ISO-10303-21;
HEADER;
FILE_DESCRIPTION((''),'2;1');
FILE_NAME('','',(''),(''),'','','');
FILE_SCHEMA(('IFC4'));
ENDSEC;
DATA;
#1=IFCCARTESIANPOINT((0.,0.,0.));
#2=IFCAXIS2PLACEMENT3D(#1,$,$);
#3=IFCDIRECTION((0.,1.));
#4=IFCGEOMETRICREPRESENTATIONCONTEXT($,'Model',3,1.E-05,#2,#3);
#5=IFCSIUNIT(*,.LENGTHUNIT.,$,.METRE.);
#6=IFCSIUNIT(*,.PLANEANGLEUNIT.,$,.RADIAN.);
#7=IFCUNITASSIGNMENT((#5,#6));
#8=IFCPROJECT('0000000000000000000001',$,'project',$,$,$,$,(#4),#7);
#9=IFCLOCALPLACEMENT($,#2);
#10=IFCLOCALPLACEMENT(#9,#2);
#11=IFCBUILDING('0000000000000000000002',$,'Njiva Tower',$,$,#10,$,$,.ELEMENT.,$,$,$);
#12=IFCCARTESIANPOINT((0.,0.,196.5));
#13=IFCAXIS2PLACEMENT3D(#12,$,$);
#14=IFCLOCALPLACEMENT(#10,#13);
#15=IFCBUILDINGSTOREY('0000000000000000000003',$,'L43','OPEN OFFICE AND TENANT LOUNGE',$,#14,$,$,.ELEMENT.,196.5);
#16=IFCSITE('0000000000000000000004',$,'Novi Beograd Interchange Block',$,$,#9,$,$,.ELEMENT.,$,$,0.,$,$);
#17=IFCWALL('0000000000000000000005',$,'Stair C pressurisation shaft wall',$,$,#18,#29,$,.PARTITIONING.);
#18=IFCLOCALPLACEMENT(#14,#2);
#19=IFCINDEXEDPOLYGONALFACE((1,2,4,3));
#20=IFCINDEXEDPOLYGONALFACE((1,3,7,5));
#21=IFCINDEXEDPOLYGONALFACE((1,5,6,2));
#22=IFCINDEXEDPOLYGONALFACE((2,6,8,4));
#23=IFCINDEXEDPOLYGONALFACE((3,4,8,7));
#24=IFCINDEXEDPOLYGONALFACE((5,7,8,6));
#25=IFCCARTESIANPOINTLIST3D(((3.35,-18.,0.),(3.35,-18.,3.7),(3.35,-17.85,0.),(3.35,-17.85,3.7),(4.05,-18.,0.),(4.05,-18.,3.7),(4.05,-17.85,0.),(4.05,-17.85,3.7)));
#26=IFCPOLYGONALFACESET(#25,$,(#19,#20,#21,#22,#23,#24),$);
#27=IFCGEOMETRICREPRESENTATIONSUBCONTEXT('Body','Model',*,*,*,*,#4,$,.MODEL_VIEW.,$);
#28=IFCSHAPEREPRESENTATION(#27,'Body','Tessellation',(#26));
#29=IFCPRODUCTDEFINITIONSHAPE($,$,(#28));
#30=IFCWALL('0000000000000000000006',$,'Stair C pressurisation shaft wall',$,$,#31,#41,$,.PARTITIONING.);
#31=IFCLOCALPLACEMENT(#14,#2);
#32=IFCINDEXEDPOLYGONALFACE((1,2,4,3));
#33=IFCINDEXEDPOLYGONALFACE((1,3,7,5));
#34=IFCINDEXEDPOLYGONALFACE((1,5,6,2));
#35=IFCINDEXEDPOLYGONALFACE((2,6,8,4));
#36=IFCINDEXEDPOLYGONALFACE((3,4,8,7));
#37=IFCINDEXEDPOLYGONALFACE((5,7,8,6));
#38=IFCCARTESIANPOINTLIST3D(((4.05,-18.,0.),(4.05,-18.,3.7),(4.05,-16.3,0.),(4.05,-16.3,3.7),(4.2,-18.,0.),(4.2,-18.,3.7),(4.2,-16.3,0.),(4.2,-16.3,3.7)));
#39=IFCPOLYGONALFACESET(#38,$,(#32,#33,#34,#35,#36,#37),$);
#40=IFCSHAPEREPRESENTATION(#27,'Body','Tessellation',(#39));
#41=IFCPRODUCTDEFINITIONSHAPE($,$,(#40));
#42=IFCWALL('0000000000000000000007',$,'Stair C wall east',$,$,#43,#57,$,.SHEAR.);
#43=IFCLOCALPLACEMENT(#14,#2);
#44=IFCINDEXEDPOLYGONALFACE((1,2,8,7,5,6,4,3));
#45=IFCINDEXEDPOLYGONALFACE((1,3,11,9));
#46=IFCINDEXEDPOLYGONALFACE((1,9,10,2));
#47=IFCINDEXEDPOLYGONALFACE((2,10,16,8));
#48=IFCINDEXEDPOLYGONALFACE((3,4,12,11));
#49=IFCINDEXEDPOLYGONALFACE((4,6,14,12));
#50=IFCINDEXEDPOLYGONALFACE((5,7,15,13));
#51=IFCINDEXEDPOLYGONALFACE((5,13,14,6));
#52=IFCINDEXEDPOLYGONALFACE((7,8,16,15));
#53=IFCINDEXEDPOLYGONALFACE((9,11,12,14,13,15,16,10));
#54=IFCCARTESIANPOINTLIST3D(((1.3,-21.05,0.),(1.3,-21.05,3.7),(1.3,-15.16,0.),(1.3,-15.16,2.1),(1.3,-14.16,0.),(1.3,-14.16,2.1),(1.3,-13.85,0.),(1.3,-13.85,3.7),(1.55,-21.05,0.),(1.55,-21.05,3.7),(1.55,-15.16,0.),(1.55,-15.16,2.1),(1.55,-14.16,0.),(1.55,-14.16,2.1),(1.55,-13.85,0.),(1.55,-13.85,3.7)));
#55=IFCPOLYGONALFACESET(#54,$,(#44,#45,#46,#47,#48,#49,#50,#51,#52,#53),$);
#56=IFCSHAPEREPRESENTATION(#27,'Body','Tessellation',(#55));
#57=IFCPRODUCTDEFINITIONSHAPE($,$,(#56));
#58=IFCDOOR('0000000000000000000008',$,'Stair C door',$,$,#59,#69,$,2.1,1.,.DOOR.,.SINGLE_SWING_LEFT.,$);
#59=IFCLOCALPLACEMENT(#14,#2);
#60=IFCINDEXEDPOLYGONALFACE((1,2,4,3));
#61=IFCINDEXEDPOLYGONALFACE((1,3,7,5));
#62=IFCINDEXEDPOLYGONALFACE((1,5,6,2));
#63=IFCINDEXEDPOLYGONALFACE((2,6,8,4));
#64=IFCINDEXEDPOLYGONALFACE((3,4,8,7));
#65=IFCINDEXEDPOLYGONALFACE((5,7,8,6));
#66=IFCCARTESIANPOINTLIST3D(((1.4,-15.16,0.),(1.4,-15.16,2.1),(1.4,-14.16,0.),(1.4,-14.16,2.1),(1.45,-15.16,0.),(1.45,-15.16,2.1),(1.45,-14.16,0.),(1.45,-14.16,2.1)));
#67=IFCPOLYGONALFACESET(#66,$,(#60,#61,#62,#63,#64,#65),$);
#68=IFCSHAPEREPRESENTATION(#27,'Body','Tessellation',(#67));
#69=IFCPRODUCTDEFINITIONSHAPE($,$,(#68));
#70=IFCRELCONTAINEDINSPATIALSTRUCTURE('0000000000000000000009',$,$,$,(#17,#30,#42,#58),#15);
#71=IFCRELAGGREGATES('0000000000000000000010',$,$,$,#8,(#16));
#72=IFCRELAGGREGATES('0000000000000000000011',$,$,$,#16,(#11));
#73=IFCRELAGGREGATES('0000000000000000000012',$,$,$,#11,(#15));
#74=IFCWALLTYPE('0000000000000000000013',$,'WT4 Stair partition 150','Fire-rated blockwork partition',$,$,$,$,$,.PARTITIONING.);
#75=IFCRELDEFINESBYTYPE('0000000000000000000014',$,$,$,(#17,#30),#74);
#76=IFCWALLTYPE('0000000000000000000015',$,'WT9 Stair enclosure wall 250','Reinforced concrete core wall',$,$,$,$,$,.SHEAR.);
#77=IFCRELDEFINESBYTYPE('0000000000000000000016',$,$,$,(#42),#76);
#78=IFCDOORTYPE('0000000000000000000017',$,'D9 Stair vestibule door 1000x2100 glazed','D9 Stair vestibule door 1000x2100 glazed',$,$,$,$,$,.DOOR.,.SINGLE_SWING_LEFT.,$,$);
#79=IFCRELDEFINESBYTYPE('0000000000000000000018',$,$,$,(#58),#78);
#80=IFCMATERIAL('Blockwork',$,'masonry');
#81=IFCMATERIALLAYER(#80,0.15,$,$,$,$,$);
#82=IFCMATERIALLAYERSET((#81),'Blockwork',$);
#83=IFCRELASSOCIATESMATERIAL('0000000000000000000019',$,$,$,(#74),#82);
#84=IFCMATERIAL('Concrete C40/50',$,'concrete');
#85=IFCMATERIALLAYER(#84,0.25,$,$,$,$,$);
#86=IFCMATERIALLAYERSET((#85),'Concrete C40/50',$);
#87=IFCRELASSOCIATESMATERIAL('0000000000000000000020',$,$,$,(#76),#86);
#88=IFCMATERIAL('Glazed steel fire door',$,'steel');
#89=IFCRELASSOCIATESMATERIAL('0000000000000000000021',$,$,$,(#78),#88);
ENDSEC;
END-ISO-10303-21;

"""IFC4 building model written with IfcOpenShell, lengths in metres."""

from ifc_helpers import new_model, si_unit, direction, frame, frame_2d, origin, place, context, subcontext, project, spatial, rectangle, extrude, material, layer, layer_set, type_object, element, fill, save


model = new_model("IFC4")

# Units and contexts
model_context = context("Model", 3, precision=1e-05, world=origin(), true_north=direction((0.0, 1.0)))
body_context = subcontext(model_context, "Body", "Model", "MODEL_VIEW")
ifc_project = project(units=[si_unit("LENGTHUNIT", "METRE"), si_unit("PLANEANGLEUNIT", "RADIAN")], contexts=[model_context])

# Site, building, storey
site_placement = place(None, origin())
site = spatial("IfcSite", under=ifc_project, at=site_placement, Name="Novi Beograd Interchange Block", CompositionType="ELEMENT", RefElevation=0.0)
building_placement = place(site_placement, origin())
building = spatial("IfcBuilding", under=site, at=building_placement, Name="Njiva Tower", CompositionType="ELEMENT")
storey_placement = place(building_placement, frame((0.0, 0.0, 196.5)))
storey = spatial("IfcBuildingStorey", under=building, at=storey_placement, Name="L43", Description="OPEN OFFICE AND TENANT LOUNGE", CompositionType="ELEMENT", Elevation=196.5)

# Walls
ifc_material_1 = material(Name="Blockwork", Category="masonry")
ifc_layer_1 = layer(ifc_material_1, 0.15)
ifc_layer_set_1 = layer_set([ifc_layer_1], Name="Blockwork")
wall_type_1 = type_object("IfcWallType", Name="WT4 Stair partition 150", Description="Fire-rated blockwork partition", PredefinedType="PARTITIONING", material=ifc_layer_set_1)
wall_1_placement = place(storey_placement, frame((3.35, -17.925, 0.0), z_axis=(0.0, 0.0, 1.0), x_axis=(1.0, 0.0, 0.0)))
element("IfcWall", 1, at=wall_1_placement, inside=storey, type_object=wall_type_1, Name="Stair C pressurisation shaft wall", PredefinedType="PARTITIONING", context=body_context, shape_type="SweptSolid", body=[
    extrude(rectangle(XDim=0.7, YDim=0.15, at=frame_2d((0.35, 0.0))), origin(), (0.0, 0.0, 1.0), 3.7),
])
wall_2_placement = place(storey_placement, frame((4.125, -18.0, 0.0), z_axis=(0.0, 0.0, 1.0), x_axis=(0.0, 1.0, 0.0)))
element("IfcWall", 2, at=wall_2_placement, inside=storey, type_object=wall_type_1, Name="Stair C pressurisation shaft wall", PredefinedType="PARTITIONING", context=body_context, shape_type="SweptSolid", body=[
    extrude(rectangle(XDim=1.7, YDim=0.15, at=frame_2d((0.85, 0.0))), origin(), (0.0, 0.0, 1.0), 3.7),
])

# Wall, opening, door
ifc_material_2 = material(Name="Concrete C40/50", Category="concrete")
ifc_layer_2 = layer(ifc_material_2, 0.25)
ifc_layer_set_2 = layer_set([ifc_layer_2], Name="Concrete C40/50")
wall_type_2 = type_object("IfcWallType", Name="WT9 Stair enclosure wall 250", Description="Reinforced concrete core wall", PredefinedType="SHEAR", material=ifc_layer_set_2)
wall_3_placement = place(storey_placement, frame((1.425, -21.05, 0.0), z_axis=(0.0, 0.0, 1.0), x_axis=(0.0, 1.0, 0.0)))
wall_3 = element("IfcWall", 3, at=wall_3_placement, inside=storey, type_object=wall_type_2, Name="Stair C wall east", PredefinedType="SHEAR", context=body_context, shape_type="SweptSolid", body=[
    extrude(rectangle(XDim=7.2, YDim=0.25, at=frame_2d((3.6, 0.0))), origin(), (0.0, 0.0, 1.0), 3.7),
])
opening_1_placement = place(wall_3_placement, frame((5.89, 0.0, 0.0)))
opening_1 = element("IfcOpeningElement", 4, at=opening_1_placement, cuts=wall_3, PredefinedType="OPENING", context=body_context, shape_type="SweptSolid", body=[
    extrude(rectangle(XDim=1.0, YDim=2.1, at=frame_2d((0.5, 1.05))), frame((0.0, 0.135, 0.0), z_axis=(0.0, -1.0, 0.0), x_axis=(1.0, 0.0, 0.0)), (0.0, 0.0, 1.0), 0.27),
])
ifc_material_3 = material(Name="Glazed steel fire door", Category="steel")
door_type = type_object("IfcDoorType", Name="D9 Stair vestibule door 1000x2100 glazed", Description="D9 Stair vestibule door 1000x2100 glazed", OperationType="SINGLE_SWING_LEFT", PredefinedType="DOOR", material=ifc_material_3)
door_placement = place(opening_1_placement, origin())
door = element("IfcDoor", 5, at=door_placement, inside=storey, type_object=door_type, Name="Stair C door", OperationType="SINGLE_SWING_LEFT", OverallHeight=2.1, OverallWidth=1.0, PredefinedType="DOOR", context=body_context, shape_type="SweptSolid", body=[
    extrude(rectangle(XDim=1.0, YDim=2.1, at=frame_2d((0.5, 1.05))), frame((0.0, 0.025, 0.0), z_axis=(0.0, -1.0, 0.0), x_axis=(1.0, 0.0, 0.0)), (0.0, 0.0, 1.0), 0.05),
])
fill(opening_1, door)

save(model, "model.ifc")
